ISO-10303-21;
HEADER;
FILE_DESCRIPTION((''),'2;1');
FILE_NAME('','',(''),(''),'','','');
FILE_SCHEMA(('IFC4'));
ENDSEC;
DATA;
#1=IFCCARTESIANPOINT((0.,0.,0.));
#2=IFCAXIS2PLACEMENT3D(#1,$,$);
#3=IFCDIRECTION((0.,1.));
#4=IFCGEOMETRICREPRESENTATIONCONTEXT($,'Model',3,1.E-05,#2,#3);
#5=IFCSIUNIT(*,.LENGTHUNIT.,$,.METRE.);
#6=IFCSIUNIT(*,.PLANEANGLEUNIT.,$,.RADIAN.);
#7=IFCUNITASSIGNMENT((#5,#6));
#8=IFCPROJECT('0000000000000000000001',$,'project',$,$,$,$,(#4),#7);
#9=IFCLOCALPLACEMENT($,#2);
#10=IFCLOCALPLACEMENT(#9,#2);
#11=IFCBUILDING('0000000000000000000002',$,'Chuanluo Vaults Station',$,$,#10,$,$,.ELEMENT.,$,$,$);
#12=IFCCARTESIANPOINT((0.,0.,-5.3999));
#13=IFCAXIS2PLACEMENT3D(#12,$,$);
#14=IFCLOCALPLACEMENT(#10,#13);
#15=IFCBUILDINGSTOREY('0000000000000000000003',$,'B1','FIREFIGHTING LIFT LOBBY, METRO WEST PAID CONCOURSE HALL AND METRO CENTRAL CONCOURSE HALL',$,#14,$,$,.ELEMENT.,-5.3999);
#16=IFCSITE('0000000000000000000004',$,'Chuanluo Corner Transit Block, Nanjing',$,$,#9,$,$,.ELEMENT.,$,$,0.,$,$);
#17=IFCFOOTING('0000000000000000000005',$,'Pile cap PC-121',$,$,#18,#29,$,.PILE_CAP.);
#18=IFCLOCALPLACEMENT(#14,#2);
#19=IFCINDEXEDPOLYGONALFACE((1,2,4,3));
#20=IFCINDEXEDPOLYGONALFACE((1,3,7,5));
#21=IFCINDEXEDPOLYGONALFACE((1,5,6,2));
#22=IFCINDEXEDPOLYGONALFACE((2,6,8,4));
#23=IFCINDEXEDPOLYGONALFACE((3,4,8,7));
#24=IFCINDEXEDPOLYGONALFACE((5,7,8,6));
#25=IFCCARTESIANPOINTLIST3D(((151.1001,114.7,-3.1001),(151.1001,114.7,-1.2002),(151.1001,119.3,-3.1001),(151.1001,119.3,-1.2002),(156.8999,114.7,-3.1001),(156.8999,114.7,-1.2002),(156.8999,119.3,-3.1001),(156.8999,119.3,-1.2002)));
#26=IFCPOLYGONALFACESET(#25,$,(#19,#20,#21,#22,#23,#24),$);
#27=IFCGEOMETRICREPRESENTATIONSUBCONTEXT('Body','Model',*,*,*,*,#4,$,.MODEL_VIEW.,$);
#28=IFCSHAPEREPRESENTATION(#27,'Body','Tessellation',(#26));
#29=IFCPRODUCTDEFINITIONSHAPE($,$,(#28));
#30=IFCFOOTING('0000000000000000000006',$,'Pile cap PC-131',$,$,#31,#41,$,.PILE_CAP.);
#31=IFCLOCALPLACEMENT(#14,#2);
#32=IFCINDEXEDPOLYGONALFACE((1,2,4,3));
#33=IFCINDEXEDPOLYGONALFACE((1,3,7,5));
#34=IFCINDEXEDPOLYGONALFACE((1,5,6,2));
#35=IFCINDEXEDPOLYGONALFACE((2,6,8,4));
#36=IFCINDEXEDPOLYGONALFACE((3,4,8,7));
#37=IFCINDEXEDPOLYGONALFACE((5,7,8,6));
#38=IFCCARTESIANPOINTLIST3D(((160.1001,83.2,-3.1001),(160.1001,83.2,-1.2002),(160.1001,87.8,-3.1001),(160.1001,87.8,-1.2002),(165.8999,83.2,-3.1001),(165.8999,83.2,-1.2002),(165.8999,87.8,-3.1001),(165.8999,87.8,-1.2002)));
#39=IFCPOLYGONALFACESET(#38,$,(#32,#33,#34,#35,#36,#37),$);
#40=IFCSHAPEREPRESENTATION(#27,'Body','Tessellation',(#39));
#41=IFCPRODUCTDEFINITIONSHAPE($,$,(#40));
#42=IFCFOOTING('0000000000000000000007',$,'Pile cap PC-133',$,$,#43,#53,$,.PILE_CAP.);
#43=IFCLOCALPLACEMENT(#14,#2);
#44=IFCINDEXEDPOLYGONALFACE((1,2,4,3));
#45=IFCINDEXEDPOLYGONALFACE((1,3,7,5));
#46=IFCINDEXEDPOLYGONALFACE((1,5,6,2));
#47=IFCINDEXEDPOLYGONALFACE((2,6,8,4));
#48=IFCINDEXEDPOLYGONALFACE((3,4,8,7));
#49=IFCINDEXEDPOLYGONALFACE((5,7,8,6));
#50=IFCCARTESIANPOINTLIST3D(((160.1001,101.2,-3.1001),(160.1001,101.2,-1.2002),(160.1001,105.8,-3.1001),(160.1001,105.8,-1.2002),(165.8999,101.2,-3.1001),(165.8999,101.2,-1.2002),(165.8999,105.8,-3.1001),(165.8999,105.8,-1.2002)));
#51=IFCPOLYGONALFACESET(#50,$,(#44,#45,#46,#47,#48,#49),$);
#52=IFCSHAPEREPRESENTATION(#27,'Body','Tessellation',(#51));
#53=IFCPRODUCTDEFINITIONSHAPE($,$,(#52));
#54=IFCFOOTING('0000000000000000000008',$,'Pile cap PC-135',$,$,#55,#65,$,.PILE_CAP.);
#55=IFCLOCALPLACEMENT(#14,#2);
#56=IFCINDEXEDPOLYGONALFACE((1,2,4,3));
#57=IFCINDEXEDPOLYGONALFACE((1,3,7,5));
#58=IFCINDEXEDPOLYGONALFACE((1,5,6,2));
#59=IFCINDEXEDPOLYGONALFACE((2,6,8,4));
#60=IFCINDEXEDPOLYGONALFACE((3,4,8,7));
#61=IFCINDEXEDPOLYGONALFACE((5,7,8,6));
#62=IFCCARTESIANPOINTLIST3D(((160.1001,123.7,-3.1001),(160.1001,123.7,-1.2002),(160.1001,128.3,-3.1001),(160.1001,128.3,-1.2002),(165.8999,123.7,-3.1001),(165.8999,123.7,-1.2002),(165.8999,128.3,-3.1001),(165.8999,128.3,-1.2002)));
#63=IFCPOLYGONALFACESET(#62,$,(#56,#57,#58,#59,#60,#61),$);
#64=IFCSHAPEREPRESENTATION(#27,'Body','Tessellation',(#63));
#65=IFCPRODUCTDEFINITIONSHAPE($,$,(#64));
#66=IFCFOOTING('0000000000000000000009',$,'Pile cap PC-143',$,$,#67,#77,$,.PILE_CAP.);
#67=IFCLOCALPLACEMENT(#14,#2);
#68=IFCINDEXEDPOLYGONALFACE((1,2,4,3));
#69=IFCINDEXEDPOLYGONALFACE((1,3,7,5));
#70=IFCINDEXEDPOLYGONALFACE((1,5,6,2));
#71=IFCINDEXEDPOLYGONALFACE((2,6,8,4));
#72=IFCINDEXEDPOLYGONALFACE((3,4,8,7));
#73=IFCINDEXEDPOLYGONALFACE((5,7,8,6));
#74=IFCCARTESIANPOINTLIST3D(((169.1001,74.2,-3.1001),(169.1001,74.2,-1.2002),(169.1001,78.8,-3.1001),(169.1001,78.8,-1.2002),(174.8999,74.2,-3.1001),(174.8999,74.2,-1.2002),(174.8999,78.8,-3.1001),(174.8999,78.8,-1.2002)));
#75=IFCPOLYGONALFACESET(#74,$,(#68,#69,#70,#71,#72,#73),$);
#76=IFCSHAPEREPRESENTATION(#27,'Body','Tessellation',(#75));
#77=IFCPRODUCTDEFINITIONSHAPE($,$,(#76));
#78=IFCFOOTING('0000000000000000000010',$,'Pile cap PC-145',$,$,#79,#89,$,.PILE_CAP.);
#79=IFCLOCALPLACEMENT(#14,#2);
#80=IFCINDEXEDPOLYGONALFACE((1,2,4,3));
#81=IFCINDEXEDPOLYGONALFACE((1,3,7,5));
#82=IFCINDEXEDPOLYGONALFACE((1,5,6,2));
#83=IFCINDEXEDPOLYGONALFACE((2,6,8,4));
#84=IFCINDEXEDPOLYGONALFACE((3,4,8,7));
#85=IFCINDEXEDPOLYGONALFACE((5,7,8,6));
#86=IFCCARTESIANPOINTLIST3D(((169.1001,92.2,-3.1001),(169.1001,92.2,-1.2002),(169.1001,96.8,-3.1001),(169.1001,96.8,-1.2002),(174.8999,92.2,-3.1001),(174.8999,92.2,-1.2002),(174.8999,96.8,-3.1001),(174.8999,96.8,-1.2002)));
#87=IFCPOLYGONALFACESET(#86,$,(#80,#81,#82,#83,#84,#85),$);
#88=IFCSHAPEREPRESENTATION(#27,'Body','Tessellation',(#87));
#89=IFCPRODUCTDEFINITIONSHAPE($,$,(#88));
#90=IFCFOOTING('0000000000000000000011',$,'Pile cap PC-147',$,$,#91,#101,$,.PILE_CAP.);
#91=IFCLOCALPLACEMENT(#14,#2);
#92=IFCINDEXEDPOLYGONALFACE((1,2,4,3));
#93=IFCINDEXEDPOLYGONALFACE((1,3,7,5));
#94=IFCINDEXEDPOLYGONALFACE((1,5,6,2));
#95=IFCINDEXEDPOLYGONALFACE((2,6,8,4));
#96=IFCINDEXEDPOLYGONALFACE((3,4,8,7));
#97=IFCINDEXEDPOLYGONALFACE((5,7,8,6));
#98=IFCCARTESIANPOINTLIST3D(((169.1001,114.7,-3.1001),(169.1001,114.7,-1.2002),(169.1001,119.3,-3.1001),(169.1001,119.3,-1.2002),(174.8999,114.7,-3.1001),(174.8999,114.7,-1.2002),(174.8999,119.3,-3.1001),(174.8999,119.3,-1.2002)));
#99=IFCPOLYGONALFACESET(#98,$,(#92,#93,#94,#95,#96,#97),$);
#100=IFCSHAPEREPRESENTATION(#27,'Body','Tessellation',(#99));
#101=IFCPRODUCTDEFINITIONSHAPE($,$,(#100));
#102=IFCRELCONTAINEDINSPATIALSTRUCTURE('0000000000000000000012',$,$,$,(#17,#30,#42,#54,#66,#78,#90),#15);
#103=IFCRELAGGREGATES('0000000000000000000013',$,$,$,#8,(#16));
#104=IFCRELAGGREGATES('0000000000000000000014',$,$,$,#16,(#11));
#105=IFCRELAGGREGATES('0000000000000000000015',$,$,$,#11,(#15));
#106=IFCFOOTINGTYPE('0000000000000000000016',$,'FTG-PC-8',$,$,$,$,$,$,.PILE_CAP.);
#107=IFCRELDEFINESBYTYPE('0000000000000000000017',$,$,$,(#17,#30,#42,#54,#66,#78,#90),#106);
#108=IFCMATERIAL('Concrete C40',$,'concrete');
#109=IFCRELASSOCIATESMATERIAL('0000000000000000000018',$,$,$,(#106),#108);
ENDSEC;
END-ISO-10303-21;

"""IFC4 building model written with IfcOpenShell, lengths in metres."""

from ifc_helpers import new_model, si_unit, direction, frame, origin, place, context, subcontext, project, spatial, polyline, outline, extrude, material, type_object, element, save


model = new_model("IFC4")

# Units and contexts
model_context = context("Model", 3, precision=1e-05, world=origin(), true_north=direction((0.0, 1.0)))
body_context = subcontext(model_context, "Body", "Model", "MODEL_VIEW")
ifc_project = project(units=[si_unit("LENGTHUNIT", "METRE"), si_unit("PLANEANGLEUNIT", "RADIAN")], contexts=[model_context])

# Site, building, storey
site_placement = place(None, origin())
site = spatial("IfcSite", under=ifc_project, at=site_placement, Name="Chuanluo Corner Transit Block, Nanjing", CompositionType="ELEMENT", RefElevation=0.0)
building_placement = place(site_placement, origin())
building = spatial("IfcBuilding", under=site, at=building_placement, Name="Chuanluo Vaults Station", CompositionType="ELEMENT")
storey_placement = place(building_placement, frame((0.0, 0.0, -5.3999)))
storey = spatial("IfcBuildingStorey", under=building, at=storey_placement, Name="B1", Description="FIREFIGHTING LIFT LOBBY, METRO WEST PAID CONCOURSE HALL AND METRO CENTRAL CONCOURSE HALL", CompositionType="ELEMENT", Elevation=-5.3999)

# Footings
ifc_material_1 = material(Name="Concrete C40", Category="concrete")
footing_type_1 = type_object("IfcFootingType", Name="FTG-PC-8", PredefinedType="PILE_CAP", material=ifc_material_1)
footing_1_placement = place(storey_placement, frame((0.0, 0.0, -3.1001)))
element("IfcFooting", 1, at=footing_1_placement, inside=storey, type_object=footing_type_1, Name="Pile cap PC-121", PredefinedType="PILE_CAP", context=body_context, shape_type="SweptSolid", body=[
    extrude(outline(polyline([(151.1001, 114.7), (156.8999, 114.7), (156.8999, 119.3), (151.1001, 119.3), (151.1001, 114.7)])), origin(), (0.0, 0.0, 1.0), 1.8999),
])
footing_2_placement = place(storey_placement, frame((0.0, 0.0, -3.1001)))
element("IfcFooting", 2, at=footing_2_placement, inside=storey, type_object=footing_type_1, Name="Pile cap PC-131", PredefinedType="PILE_CAP", context=body_context, shape_type="SweptSolid", body=[
    extrude(outline(polyline([(160.1001, 83.2), (165.8999, 83.2), (165.8999, 87.8), (160.1001, 87.8), (160.1001, 83.2)])), origin(), (0.0, 0.0, 1.0), 1.8999),
])
footing_3_placement = place(storey_placement, frame((0.0, 0.0, -3.1001)))
element("IfcFooting", 3, at=footing_3_placement, inside=storey, type_object=footing_type_1, Name="Pile cap PC-133", PredefinedType="PILE_CAP", context=body_context, shape_type="SweptSolid", body=[
    extrude(outline(polyline([(160.1001, 101.2), (165.8999, 101.2), (165.8999, 105.8), (160.1001, 105.8), (160.1001, 101.2)])), origin(), (0.0, 0.0, 1.0), 1.8999),
])
footing_4_placement = place(storey_placement, frame((0.0, 0.0, -3.1001)))
element("IfcFooting", 4, at=footing_4_placement, inside=storey, type_object=footing_type_1, Name="Pile cap PC-135", PredefinedType="PILE_CAP", context=body_context, shape_type="SweptSolid", body=[
    extrude(outline(polyline([(160.1001, 123.7), (165.8999, 123.7), (165.8999, 128.3), (160.1001, 128.3), (160.1001, 123.7)])), origin(), (0.0, 0.0, 1.0), 1.8999),
])
footing_5_placement = place(storey_placement, frame((0.0, 0.0, -3.1001)))
element("IfcFooting", 5, at=footing_5_placement, inside=storey, type_object=footing_type_1, Name="Pile cap PC-143", PredefinedType="PILE_CAP", context=body_context, shape_type="SweptSolid", body=[
    extrude(outline(polyline([(169.1001, 74.2), (174.8999, 74.2), (174.8999, 78.8), (169.1001, 78.8), (169.1001, 74.2)])), origin(), (0.0, 0.0, 1.0), 1.8999),
])
footing_6_placement = place(storey_placement, frame((0.0, 0.0, -3.1001)))
element("IfcFooting", 6, at=footing_6_placement, inside=storey, type_object=footing_type_1, Name="Pile cap PC-145", PredefinedType="PILE_CAP", context=body_context, shape_type="SweptSolid", body=[
    extrude(outline(polyline([(169.1001, 92.2), (174.8999, 92.2), (174.8999, 96.8), (169.1001, 96.8), (169.1001, 92.2)])), origin(), (0.0, 0.0, 1.0), 1.8999),
])
footing_7_placement = place(storey_placement, frame((0.0, 0.0, -3.1001)))
element("IfcFooting", 7, at=footing_7_placement, inside=storey, type_object=footing_type_1, Name="Pile cap PC-147", PredefinedType="PILE_CAP", context=body_context, shape_type="SweptSolid", body=[
    extrude(outline(polyline([(169.1001, 114.7), (174.8999, 114.7), (174.8999, 119.3), (169.1001, 119.3), (169.1001, 114.7)])), origin(), (0.0, 0.0, 1.0), 1.8999),
])

save(model, "model.ifc")
